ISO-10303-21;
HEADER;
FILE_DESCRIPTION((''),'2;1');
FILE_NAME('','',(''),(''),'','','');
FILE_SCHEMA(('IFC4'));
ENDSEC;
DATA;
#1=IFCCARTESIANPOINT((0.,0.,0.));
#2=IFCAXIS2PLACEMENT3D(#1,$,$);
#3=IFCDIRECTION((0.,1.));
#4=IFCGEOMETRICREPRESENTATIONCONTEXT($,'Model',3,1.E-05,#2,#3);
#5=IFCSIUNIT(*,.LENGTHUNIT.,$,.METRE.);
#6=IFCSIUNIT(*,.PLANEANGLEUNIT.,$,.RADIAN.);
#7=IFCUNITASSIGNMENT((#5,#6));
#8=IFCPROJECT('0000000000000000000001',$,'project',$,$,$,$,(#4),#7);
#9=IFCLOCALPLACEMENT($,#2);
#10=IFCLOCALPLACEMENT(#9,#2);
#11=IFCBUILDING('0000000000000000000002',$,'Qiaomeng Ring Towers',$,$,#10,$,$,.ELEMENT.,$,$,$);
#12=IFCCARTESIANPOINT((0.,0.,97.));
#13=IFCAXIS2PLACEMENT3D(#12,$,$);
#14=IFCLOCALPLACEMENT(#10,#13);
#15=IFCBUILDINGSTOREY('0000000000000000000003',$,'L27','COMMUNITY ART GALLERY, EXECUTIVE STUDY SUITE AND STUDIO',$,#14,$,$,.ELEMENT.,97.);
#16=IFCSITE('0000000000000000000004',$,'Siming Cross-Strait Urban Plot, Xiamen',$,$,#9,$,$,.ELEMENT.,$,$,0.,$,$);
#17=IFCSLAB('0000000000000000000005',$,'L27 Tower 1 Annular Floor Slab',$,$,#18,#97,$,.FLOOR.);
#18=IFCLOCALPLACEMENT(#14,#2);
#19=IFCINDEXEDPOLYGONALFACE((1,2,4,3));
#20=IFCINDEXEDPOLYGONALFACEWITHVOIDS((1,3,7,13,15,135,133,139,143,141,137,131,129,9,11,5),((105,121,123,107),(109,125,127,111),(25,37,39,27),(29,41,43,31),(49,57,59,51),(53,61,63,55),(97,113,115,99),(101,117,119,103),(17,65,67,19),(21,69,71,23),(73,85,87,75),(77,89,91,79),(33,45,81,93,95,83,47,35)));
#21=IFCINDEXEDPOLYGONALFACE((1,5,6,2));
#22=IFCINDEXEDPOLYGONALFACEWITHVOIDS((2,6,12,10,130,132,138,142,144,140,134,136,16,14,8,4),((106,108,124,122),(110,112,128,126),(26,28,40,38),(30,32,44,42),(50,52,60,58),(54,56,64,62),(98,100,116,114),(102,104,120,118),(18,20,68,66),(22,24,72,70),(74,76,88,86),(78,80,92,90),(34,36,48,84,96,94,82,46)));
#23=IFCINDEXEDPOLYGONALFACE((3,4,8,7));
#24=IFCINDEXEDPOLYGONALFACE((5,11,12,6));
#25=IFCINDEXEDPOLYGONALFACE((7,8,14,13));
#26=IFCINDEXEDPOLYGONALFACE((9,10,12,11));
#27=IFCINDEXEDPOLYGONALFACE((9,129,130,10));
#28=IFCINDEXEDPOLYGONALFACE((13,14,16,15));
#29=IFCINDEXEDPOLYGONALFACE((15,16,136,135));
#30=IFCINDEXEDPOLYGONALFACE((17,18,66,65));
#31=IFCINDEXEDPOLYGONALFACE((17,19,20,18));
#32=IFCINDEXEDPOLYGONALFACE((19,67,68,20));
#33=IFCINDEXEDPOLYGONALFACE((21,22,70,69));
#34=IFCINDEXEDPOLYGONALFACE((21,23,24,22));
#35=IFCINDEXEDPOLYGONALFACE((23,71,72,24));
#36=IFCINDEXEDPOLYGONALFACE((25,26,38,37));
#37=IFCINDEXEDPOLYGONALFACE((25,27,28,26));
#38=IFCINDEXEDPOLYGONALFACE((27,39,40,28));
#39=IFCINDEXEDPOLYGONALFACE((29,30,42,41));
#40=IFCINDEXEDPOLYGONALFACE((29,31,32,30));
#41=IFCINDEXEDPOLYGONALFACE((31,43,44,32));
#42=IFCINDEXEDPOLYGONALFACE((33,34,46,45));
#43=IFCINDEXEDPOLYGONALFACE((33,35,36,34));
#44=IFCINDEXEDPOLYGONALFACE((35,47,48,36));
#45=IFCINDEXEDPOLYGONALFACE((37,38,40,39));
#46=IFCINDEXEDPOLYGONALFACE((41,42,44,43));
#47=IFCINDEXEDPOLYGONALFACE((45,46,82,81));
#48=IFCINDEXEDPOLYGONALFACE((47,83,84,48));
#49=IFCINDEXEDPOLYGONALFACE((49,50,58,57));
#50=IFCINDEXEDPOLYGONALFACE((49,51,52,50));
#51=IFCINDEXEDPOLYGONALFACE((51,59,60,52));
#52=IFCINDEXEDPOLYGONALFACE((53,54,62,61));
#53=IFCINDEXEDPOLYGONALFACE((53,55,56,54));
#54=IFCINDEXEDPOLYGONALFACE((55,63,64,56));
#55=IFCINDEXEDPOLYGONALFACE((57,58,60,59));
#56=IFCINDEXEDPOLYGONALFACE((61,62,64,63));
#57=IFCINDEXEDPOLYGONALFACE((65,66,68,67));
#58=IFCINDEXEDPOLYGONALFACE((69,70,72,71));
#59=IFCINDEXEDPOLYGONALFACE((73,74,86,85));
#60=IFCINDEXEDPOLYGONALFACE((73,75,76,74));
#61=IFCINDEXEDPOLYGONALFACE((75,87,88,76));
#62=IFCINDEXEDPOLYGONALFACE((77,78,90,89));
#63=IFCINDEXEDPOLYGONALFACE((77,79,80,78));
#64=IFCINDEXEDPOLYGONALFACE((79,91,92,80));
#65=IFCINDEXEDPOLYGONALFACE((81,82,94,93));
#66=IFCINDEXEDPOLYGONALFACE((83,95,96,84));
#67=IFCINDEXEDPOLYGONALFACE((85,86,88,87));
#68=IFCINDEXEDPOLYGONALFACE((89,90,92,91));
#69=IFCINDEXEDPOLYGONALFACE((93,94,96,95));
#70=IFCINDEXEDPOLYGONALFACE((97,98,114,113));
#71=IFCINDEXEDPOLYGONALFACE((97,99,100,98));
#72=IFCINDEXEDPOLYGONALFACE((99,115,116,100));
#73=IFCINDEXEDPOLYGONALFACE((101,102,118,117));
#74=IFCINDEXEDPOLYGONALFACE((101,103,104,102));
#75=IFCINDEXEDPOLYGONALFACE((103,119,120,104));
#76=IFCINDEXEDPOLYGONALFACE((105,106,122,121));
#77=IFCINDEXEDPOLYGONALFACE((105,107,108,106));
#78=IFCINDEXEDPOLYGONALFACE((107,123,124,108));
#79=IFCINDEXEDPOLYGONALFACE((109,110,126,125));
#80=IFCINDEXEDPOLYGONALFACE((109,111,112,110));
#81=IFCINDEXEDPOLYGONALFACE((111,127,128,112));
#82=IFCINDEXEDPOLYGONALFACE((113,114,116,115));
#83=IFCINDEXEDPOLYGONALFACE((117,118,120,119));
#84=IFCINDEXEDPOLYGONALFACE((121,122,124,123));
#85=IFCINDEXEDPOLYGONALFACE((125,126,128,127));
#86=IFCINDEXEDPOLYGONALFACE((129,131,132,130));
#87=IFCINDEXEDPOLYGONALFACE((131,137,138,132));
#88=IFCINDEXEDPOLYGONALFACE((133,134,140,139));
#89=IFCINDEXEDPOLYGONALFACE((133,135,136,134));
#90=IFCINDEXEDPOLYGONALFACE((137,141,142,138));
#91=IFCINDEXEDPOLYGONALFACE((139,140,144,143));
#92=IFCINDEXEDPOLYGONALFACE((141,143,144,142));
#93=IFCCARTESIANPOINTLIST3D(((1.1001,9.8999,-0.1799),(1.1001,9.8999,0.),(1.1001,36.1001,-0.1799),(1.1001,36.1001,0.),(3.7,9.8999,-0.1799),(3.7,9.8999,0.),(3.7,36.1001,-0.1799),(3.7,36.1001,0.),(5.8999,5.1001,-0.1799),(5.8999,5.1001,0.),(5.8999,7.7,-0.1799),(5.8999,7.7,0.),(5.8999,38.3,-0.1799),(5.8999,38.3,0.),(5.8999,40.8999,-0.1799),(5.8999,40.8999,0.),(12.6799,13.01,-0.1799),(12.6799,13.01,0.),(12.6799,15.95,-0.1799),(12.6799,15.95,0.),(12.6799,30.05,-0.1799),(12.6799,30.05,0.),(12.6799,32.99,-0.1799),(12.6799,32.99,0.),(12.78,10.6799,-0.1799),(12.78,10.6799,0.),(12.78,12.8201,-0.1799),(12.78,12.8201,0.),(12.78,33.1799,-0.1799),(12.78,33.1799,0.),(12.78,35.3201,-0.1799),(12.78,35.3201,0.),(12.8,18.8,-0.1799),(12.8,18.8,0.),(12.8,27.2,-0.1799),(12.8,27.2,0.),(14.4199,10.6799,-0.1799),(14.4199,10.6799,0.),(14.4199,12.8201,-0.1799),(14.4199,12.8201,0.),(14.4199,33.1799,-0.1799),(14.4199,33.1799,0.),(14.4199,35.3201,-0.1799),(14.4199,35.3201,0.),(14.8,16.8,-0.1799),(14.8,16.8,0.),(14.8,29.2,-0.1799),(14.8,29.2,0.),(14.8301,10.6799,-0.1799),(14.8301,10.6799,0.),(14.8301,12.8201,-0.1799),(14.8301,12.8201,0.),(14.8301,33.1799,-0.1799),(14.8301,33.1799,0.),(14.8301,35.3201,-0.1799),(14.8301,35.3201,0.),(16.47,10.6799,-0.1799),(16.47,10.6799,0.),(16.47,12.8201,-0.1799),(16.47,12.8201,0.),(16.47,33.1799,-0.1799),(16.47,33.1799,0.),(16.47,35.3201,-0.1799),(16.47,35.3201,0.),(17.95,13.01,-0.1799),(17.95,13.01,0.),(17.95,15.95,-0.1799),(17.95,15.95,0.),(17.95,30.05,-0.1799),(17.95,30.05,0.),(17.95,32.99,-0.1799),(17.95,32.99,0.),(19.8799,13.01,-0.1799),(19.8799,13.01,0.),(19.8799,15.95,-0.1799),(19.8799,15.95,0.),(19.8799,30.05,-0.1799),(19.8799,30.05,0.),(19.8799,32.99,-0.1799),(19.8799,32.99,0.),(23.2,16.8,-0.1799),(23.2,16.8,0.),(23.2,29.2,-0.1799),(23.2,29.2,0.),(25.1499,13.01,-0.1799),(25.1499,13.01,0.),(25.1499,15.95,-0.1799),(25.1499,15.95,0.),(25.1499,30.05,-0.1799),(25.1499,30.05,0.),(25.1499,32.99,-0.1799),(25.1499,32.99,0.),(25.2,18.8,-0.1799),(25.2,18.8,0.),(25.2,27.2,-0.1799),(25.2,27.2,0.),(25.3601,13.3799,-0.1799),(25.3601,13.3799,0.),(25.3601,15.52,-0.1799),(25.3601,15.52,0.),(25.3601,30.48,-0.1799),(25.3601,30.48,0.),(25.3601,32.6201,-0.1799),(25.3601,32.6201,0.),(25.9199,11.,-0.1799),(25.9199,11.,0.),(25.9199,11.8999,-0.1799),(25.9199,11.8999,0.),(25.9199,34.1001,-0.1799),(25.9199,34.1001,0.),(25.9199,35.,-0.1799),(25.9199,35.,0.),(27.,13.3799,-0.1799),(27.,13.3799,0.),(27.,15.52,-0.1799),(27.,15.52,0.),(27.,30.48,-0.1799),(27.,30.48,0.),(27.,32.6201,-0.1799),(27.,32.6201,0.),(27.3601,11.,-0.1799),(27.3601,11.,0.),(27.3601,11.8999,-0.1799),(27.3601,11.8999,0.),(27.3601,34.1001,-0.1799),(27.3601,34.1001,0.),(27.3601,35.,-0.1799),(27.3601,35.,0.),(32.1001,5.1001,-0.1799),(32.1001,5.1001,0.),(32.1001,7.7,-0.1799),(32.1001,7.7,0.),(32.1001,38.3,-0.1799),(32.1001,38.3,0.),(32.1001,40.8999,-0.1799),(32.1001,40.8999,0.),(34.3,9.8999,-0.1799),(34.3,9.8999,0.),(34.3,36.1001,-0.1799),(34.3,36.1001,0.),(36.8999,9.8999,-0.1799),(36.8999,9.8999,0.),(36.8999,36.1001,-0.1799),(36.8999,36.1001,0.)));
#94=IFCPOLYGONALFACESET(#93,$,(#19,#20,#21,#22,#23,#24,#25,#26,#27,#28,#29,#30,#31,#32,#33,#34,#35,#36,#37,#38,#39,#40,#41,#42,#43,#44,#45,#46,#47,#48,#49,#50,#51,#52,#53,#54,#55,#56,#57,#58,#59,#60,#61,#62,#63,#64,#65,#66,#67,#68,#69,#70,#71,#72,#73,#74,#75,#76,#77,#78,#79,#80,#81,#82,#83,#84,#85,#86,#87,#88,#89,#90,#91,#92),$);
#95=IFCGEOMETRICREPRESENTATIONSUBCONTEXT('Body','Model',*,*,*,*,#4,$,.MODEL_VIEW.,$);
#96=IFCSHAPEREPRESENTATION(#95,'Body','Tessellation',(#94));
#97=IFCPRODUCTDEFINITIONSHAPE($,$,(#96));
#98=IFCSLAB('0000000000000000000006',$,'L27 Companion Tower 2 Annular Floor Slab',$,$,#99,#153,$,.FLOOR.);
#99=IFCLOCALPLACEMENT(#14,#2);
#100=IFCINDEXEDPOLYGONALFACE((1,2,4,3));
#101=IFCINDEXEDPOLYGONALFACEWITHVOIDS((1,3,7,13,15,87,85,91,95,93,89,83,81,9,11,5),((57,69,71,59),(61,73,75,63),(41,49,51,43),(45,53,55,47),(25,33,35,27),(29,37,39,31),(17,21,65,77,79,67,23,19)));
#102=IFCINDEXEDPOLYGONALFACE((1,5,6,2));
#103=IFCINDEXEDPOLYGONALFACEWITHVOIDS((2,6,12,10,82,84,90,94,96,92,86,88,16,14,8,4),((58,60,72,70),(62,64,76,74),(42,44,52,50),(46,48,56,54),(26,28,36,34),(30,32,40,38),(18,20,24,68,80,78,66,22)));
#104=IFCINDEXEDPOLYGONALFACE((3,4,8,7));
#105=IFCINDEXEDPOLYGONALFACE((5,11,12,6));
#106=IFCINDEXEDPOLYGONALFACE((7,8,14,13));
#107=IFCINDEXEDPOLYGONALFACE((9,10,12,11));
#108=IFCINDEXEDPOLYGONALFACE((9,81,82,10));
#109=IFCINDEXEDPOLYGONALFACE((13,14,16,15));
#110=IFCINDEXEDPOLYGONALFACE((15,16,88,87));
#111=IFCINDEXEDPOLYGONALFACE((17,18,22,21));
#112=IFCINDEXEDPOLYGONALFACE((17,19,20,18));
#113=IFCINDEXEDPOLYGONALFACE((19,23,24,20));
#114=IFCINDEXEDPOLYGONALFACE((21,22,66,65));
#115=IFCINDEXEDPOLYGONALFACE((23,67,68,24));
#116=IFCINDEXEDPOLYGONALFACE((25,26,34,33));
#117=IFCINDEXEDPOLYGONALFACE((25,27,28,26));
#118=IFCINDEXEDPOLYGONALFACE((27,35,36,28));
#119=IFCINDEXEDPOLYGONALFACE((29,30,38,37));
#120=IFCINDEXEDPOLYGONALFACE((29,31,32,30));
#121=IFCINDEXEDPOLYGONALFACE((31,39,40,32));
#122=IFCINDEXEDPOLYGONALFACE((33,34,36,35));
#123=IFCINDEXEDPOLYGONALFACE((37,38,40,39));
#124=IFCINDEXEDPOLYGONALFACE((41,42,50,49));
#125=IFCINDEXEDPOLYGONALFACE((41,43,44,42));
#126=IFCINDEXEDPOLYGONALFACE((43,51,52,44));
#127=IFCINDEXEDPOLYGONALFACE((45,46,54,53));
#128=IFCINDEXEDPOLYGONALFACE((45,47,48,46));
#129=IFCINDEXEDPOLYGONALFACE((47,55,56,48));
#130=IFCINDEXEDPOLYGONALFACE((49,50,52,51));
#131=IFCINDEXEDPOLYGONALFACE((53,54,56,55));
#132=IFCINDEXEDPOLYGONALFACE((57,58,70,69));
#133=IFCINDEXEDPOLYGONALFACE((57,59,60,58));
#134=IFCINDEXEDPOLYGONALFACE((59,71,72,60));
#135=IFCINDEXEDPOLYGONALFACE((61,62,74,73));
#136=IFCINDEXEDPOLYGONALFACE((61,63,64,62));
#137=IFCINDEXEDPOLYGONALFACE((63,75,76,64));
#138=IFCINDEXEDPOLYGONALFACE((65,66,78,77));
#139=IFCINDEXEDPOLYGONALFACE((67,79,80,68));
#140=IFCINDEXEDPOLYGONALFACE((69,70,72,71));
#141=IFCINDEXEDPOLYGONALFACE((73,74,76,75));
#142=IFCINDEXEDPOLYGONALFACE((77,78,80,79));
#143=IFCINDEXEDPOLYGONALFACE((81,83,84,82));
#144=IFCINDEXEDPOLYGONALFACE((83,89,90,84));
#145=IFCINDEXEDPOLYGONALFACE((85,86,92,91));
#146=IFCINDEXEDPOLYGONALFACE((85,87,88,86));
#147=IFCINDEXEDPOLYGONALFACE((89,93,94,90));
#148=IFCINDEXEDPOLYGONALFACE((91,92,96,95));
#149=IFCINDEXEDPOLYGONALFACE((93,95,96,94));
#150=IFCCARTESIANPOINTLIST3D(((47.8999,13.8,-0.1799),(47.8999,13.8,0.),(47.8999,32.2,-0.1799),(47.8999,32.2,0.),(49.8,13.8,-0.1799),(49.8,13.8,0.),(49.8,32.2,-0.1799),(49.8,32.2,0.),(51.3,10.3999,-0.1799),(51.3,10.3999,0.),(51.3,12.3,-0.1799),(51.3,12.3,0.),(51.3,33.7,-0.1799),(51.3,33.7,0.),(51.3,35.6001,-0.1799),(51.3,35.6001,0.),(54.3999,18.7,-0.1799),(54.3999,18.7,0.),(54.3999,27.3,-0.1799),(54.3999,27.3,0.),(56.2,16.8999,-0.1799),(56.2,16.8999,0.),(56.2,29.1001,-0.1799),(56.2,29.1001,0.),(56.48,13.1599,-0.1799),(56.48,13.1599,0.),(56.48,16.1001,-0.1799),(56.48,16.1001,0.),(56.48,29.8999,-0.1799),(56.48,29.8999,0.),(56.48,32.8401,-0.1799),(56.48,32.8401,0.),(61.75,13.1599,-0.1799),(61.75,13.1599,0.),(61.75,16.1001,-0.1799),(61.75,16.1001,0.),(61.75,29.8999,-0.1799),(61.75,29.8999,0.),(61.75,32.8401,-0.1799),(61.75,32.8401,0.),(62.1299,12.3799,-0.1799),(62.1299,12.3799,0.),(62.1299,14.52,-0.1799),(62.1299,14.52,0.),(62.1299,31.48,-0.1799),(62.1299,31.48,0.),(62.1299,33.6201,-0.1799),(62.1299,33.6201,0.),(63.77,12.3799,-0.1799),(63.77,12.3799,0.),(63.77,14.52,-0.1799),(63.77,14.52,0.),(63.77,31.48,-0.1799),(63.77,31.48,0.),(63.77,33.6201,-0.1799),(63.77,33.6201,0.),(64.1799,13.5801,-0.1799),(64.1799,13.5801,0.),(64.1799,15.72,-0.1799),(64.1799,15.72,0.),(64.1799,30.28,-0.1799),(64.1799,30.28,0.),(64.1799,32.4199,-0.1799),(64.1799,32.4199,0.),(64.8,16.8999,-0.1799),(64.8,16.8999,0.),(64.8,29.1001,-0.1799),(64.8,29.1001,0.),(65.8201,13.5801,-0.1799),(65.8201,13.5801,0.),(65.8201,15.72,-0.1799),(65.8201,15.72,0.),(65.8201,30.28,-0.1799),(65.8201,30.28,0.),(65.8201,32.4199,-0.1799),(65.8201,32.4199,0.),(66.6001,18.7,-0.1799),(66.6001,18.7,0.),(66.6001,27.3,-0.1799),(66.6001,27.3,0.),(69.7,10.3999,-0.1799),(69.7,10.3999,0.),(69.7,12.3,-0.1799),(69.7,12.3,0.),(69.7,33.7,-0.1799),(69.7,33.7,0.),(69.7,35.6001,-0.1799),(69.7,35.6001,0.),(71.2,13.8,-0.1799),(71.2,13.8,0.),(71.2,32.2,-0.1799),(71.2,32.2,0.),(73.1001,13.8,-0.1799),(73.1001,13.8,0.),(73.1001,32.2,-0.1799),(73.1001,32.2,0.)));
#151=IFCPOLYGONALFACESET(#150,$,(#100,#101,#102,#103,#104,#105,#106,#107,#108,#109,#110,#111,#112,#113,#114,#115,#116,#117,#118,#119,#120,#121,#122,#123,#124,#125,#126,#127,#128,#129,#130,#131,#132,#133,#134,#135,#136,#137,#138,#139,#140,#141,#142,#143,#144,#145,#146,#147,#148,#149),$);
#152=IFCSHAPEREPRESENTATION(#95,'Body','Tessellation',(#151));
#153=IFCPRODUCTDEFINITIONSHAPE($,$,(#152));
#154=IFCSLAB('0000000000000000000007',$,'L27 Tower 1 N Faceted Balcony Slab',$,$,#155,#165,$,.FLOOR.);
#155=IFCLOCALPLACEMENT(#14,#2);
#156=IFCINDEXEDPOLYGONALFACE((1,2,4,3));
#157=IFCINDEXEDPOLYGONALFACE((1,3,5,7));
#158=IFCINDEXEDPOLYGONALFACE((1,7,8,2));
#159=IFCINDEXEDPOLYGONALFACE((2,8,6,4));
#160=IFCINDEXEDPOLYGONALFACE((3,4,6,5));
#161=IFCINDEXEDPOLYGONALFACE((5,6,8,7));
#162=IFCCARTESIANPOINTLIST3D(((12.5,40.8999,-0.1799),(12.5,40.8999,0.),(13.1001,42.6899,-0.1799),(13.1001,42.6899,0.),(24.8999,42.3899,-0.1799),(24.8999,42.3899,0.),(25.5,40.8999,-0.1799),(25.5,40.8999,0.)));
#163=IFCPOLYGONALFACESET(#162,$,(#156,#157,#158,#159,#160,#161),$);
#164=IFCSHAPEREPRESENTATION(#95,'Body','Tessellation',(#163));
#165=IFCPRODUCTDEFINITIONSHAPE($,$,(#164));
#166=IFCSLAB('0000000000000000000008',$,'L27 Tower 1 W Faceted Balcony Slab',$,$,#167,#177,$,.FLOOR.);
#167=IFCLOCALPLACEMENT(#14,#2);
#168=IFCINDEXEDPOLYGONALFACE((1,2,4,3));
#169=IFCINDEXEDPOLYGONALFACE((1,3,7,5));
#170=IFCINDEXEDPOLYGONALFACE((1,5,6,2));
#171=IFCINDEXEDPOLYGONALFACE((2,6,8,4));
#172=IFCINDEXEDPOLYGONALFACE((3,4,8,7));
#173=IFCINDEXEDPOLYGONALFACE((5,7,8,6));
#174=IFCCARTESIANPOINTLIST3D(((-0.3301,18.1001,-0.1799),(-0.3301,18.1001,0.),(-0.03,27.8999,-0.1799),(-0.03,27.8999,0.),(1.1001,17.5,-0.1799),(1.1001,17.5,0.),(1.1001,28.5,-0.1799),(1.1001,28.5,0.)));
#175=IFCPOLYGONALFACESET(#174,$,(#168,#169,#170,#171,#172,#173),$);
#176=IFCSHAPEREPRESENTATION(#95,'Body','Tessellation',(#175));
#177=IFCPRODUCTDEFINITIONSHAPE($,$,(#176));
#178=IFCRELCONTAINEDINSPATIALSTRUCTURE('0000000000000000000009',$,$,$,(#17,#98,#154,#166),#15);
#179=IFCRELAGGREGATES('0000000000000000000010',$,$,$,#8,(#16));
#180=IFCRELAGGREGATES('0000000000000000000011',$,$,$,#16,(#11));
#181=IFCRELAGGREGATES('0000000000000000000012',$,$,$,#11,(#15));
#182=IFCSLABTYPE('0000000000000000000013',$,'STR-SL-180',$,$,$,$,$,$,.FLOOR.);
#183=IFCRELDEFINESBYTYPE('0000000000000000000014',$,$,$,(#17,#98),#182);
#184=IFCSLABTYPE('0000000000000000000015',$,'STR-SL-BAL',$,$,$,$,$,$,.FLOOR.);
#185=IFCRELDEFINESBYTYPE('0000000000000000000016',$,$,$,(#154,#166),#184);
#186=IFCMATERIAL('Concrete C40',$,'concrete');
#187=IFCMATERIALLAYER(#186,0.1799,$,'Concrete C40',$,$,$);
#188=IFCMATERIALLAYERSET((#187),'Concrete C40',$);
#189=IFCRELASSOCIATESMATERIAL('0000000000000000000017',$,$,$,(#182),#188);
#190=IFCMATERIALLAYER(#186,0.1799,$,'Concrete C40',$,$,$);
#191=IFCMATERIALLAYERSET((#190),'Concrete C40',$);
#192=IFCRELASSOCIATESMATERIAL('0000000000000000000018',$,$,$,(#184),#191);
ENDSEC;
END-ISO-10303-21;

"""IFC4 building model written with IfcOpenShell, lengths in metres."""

from ifc_helpers import new_model, si_unit, direction, frame, origin, place, context, subcontext, project, spatial, polyline, outline, extrude, material, layer, layer_set, type_object, element, save


model = new_model("IFC4")

# Units and contexts
model_context = context("Model", 3, precision=1e-05, world=origin(), true_north=direction((0.0, 1.0)))
body_context = subcontext(model_context, "Body", "Model", "MODEL_VIEW")
ifc_project = project(units=[si_unit("LENGTHUNIT", "METRE"), si_unit("PLANEANGLEUNIT", "RADIAN")], contexts=[model_context])

# Site, building, storey
site_placement = place(None, origin())
site = spatial("IfcSite", under=ifc_project, at=site_placement, Name="Siming Cross-Strait Urban Plot, Xiamen", CompositionType="ELEMENT", RefElevation=0.0)
building_placement = place(site_placement, origin())
building = spatial("IfcBuilding", under=site, at=building_placement, Name="Qiaomeng Ring Towers", CompositionType="ELEMENT")
storey_placement = place(building_placement, frame((0.0, 0.0, 97.0)))
storey = spatial("IfcBuildingStorey", under=building, at=storey_placement, Name="L27", Description="COMMUNITY ART GALLERY, EXECUTIVE STUDY SUITE AND STUDIO", CompositionType="ELEMENT", Elevation=97.0)

# Slabs
ifc_material_1 = material(Name="Concrete C40", Category="concrete")
ifc_layer_1 = layer(ifc_material_1, 0.1799, Name="Concrete C40")
ifc_layer_set_1 = layer_set([ifc_layer_1], Name="Concrete C40")
slab_type_1 = type_object("IfcSlabType", Name="STR-SL-180", PredefinedType="FLOOR", material=ifc_layer_set_1)
slab_1_placement = place(storey_placement, frame((0.0, 0.0, -0.1799)))
element("IfcSlab", 1, at=slab_1_placement, inside=storey, type_object=slab_type_1, Name="L27 Tower 1 Annular Floor Slab", PredefinedType="FLOOR", context=body_context, shape_type="SweptSolid", body=[
    extrude(outline(polyline([(5.8999, 5.1001), (32.1001, 5.1001), (32.1001, 7.7), (34.3, 9.8999), (36.8999, 9.8999), (36.8999, 36.1001), (34.3, 36.1001), (32.1001, 38.3), (32.1001, 40.8999), (5.8999, 40.8999), (5.8999, 38.3), (3.7, 36.1001), (1.1001, 36.1001), (1.1001, 9.8999), (3.7, 9.8999), (5.8999, 7.7), (5.8999, 5.1001)]), holes=[polyline([(12.78, 10.6799), (12.78, 12.8201), (14.4199, 12.8201), (14.4199, 10.6799), (12.78, 10.6799)]), polyline([(14.8301, 12.8201), (16.47, 12.8201), (16.47, 10.6799), (14.8301, 10.6799), (14.8301, 12.8201)]), polyline([(12.6799, 15.95), (17.95, 15.95), (17.95, 13.01), (12.6799, 13.01), (12.6799, 15.95)]), polyline([(23.2, 29.2), (25.2, 27.2), (25.2, 18.8), (23.2, 16.8), (14.8, 16.8), (12.8, 18.8), (12.8, 27.2), (14.8, 29.2), (23.2, 29.2)]), polyline([(12.6799, 32.99), (17.95, 32.99), (17.95, 30.05), (12.6799, 30.05), (12.6799, 32.99)]), polyline([(12.78, 35.3201), (14.4199, 35.3201), (14.4199, 33.1799), (12.78, 33.1799), (12.78, 35.3201)]), polyline([(14.8301, 33.1799), (14.8301, 35.3201), (16.47, 35.3201), (16.47, 33.1799), (14.8301, 33.1799)]), polyline([(25.9199, 11.8999), (27.3601, 11.8999), (27.3601, 11.0), (25.9199, 11.0), (25.9199, 11.8999)]), polyline([(25.3601, 15.52), (27.0, 15.52), (27.0, 13.3799), (25.3601, 13.3799), (25.3601, 15.52)]), polyline([(19.8799, 15.95), (25.1499, 15.95), (25.1499, 13.01), (19.8799, 13.01), (19.8799, 15.95)]), polyline([(19.8799, 32.99), (25.1499, 32.99), (25.1499, 30.05), (19.8799, 30.05), (19.8799, 32.99)]), polyline([(25.3601, 32.6201), (27.0, 32.6201), (27.0, 30.48), (25.3601, 30.48), (25.3601, 32.6201)]), polyline([(25.9199, 35.0), (27.3601, 35.0), (27.3601, 34.1001), (25.9199, 34.1001), (25.9199, 35.0)])]), origin(), (0.0, 0.0, 1.0), 0.1799),
])
slab_2_placement = place(storey_placement, frame((0.0, 0.0, -0.1799)))
element("IfcSlab", 2, at=slab_2_placement, inside=storey, type_object=slab_type_1, Name="L27 Companion Tower 2 Annular Floor Slab", PredefinedType="FLOOR", context=body_context, shape_type="SweptSolid", body=[
    extrude(outline(polyline([(51.3, 10.3999), (69.7, 10.3999), (69.7, 12.3), (71.2, 13.8), (73.1001, 13.8), (73.1001, 32.2), (71.2, 32.2), (69.7, 33.7), (69.7, 35.6001), (51.3, 35.6001), (51.3, 33.7), (49.8, 32.2), (47.8999, 32.2), (47.8999, 13.8), (49.8, 13.8), (51.3, 12.3), (51.3, 10.3999)]), holes=[polyline([(62.1299, 12.3799), (62.1299, 14.52), (63.77, 14.52), (63.77, 12.3799), (62.1299, 12.3799)]), polyline([(56.48, 13.1599), (56.48, 16.1001), (61.75, 16.1001), (61.75, 13.1599), (56.48, 13.1599)]), polyline([(64.1799, 13.5801), (64.1799, 15.72), (65.8201, 15.72), (65.8201, 13.5801), (64.1799, 13.5801)]), polyline([(64.8, 29.1001), (66.6001, 27.3), (66.6001, 18.7), (64.8, 16.8999), (56.2, 16.8999), (54.3999, 18.7), (54.3999, 27.3), (56.2, 29.1001), (64.8, 29.1001)]), polyline([(64.1799, 30.28), (64.1799, 32.4199), (65.8201, 32.4199), (65.8201, 30.28), (64.1799, 30.28)]), polyline([(56.48, 32.8401), (61.75, 32.8401), (61.75, 29.8999), (56.48, 29.8999), (56.48, 32.8401)]), polyline([(62.1299, 33.6201), (63.77, 33.6201), (63.77, 31.48), (62.1299, 31.48), (62.1299, 33.6201)])]), origin(), (0.0, 0.0, 1.0), 0.1799),
])
ifc_layer_2 = layer(ifc_material_1, 0.1799, Name="Concrete C40")
ifc_layer_set_2 = layer_set([ifc_layer_2], Name="Concrete C40")
slab_type_2 = type_object("IfcSlabType", Name="STR-SL-BAL", PredefinedType="FLOOR", material=ifc_layer_set_2)
slab_3_placement = place(storey_placement, frame((0.0, 0.0, -0.1799)))
element("IfcSlab", 3, at=slab_3_placement, inside=storey, type_object=slab_type_2, Name="L27 Tower 1 N Faceted Balcony Slab", PredefinedType="FLOOR", context=body_context, shape_type="SweptSolid", body=[
    extrude(outline(polyline([(12.5, 40.8999), (13.1001, 42.6899), (24.8999, 42.3899), (25.5, 40.8999), (12.5, 40.8999)])), origin(), (0.0, 0.0, 1.0), 0.1799),
])
slab_4_placement = place(storey_placement, frame((0.0, 0.0, -0.1799)))
element("IfcSlab", 4, at=slab_4_placement, inside=storey, type_object=slab_type_2, Name="L27 Tower 1 W Faceted Balcony Slab", PredefinedType="FLOOR", context=body_context, shape_type="SweptSolid", body=[
    extrude(outline(polyline([(-0.3301, 18.1001), (-0.03, 27.8999), (1.1001, 28.5), (1.1001, 17.5), (-0.3301, 18.1001)])), origin(), (0.0, 0.0, 1.0), 0.1799),
])

save(model, "model.ifc")
